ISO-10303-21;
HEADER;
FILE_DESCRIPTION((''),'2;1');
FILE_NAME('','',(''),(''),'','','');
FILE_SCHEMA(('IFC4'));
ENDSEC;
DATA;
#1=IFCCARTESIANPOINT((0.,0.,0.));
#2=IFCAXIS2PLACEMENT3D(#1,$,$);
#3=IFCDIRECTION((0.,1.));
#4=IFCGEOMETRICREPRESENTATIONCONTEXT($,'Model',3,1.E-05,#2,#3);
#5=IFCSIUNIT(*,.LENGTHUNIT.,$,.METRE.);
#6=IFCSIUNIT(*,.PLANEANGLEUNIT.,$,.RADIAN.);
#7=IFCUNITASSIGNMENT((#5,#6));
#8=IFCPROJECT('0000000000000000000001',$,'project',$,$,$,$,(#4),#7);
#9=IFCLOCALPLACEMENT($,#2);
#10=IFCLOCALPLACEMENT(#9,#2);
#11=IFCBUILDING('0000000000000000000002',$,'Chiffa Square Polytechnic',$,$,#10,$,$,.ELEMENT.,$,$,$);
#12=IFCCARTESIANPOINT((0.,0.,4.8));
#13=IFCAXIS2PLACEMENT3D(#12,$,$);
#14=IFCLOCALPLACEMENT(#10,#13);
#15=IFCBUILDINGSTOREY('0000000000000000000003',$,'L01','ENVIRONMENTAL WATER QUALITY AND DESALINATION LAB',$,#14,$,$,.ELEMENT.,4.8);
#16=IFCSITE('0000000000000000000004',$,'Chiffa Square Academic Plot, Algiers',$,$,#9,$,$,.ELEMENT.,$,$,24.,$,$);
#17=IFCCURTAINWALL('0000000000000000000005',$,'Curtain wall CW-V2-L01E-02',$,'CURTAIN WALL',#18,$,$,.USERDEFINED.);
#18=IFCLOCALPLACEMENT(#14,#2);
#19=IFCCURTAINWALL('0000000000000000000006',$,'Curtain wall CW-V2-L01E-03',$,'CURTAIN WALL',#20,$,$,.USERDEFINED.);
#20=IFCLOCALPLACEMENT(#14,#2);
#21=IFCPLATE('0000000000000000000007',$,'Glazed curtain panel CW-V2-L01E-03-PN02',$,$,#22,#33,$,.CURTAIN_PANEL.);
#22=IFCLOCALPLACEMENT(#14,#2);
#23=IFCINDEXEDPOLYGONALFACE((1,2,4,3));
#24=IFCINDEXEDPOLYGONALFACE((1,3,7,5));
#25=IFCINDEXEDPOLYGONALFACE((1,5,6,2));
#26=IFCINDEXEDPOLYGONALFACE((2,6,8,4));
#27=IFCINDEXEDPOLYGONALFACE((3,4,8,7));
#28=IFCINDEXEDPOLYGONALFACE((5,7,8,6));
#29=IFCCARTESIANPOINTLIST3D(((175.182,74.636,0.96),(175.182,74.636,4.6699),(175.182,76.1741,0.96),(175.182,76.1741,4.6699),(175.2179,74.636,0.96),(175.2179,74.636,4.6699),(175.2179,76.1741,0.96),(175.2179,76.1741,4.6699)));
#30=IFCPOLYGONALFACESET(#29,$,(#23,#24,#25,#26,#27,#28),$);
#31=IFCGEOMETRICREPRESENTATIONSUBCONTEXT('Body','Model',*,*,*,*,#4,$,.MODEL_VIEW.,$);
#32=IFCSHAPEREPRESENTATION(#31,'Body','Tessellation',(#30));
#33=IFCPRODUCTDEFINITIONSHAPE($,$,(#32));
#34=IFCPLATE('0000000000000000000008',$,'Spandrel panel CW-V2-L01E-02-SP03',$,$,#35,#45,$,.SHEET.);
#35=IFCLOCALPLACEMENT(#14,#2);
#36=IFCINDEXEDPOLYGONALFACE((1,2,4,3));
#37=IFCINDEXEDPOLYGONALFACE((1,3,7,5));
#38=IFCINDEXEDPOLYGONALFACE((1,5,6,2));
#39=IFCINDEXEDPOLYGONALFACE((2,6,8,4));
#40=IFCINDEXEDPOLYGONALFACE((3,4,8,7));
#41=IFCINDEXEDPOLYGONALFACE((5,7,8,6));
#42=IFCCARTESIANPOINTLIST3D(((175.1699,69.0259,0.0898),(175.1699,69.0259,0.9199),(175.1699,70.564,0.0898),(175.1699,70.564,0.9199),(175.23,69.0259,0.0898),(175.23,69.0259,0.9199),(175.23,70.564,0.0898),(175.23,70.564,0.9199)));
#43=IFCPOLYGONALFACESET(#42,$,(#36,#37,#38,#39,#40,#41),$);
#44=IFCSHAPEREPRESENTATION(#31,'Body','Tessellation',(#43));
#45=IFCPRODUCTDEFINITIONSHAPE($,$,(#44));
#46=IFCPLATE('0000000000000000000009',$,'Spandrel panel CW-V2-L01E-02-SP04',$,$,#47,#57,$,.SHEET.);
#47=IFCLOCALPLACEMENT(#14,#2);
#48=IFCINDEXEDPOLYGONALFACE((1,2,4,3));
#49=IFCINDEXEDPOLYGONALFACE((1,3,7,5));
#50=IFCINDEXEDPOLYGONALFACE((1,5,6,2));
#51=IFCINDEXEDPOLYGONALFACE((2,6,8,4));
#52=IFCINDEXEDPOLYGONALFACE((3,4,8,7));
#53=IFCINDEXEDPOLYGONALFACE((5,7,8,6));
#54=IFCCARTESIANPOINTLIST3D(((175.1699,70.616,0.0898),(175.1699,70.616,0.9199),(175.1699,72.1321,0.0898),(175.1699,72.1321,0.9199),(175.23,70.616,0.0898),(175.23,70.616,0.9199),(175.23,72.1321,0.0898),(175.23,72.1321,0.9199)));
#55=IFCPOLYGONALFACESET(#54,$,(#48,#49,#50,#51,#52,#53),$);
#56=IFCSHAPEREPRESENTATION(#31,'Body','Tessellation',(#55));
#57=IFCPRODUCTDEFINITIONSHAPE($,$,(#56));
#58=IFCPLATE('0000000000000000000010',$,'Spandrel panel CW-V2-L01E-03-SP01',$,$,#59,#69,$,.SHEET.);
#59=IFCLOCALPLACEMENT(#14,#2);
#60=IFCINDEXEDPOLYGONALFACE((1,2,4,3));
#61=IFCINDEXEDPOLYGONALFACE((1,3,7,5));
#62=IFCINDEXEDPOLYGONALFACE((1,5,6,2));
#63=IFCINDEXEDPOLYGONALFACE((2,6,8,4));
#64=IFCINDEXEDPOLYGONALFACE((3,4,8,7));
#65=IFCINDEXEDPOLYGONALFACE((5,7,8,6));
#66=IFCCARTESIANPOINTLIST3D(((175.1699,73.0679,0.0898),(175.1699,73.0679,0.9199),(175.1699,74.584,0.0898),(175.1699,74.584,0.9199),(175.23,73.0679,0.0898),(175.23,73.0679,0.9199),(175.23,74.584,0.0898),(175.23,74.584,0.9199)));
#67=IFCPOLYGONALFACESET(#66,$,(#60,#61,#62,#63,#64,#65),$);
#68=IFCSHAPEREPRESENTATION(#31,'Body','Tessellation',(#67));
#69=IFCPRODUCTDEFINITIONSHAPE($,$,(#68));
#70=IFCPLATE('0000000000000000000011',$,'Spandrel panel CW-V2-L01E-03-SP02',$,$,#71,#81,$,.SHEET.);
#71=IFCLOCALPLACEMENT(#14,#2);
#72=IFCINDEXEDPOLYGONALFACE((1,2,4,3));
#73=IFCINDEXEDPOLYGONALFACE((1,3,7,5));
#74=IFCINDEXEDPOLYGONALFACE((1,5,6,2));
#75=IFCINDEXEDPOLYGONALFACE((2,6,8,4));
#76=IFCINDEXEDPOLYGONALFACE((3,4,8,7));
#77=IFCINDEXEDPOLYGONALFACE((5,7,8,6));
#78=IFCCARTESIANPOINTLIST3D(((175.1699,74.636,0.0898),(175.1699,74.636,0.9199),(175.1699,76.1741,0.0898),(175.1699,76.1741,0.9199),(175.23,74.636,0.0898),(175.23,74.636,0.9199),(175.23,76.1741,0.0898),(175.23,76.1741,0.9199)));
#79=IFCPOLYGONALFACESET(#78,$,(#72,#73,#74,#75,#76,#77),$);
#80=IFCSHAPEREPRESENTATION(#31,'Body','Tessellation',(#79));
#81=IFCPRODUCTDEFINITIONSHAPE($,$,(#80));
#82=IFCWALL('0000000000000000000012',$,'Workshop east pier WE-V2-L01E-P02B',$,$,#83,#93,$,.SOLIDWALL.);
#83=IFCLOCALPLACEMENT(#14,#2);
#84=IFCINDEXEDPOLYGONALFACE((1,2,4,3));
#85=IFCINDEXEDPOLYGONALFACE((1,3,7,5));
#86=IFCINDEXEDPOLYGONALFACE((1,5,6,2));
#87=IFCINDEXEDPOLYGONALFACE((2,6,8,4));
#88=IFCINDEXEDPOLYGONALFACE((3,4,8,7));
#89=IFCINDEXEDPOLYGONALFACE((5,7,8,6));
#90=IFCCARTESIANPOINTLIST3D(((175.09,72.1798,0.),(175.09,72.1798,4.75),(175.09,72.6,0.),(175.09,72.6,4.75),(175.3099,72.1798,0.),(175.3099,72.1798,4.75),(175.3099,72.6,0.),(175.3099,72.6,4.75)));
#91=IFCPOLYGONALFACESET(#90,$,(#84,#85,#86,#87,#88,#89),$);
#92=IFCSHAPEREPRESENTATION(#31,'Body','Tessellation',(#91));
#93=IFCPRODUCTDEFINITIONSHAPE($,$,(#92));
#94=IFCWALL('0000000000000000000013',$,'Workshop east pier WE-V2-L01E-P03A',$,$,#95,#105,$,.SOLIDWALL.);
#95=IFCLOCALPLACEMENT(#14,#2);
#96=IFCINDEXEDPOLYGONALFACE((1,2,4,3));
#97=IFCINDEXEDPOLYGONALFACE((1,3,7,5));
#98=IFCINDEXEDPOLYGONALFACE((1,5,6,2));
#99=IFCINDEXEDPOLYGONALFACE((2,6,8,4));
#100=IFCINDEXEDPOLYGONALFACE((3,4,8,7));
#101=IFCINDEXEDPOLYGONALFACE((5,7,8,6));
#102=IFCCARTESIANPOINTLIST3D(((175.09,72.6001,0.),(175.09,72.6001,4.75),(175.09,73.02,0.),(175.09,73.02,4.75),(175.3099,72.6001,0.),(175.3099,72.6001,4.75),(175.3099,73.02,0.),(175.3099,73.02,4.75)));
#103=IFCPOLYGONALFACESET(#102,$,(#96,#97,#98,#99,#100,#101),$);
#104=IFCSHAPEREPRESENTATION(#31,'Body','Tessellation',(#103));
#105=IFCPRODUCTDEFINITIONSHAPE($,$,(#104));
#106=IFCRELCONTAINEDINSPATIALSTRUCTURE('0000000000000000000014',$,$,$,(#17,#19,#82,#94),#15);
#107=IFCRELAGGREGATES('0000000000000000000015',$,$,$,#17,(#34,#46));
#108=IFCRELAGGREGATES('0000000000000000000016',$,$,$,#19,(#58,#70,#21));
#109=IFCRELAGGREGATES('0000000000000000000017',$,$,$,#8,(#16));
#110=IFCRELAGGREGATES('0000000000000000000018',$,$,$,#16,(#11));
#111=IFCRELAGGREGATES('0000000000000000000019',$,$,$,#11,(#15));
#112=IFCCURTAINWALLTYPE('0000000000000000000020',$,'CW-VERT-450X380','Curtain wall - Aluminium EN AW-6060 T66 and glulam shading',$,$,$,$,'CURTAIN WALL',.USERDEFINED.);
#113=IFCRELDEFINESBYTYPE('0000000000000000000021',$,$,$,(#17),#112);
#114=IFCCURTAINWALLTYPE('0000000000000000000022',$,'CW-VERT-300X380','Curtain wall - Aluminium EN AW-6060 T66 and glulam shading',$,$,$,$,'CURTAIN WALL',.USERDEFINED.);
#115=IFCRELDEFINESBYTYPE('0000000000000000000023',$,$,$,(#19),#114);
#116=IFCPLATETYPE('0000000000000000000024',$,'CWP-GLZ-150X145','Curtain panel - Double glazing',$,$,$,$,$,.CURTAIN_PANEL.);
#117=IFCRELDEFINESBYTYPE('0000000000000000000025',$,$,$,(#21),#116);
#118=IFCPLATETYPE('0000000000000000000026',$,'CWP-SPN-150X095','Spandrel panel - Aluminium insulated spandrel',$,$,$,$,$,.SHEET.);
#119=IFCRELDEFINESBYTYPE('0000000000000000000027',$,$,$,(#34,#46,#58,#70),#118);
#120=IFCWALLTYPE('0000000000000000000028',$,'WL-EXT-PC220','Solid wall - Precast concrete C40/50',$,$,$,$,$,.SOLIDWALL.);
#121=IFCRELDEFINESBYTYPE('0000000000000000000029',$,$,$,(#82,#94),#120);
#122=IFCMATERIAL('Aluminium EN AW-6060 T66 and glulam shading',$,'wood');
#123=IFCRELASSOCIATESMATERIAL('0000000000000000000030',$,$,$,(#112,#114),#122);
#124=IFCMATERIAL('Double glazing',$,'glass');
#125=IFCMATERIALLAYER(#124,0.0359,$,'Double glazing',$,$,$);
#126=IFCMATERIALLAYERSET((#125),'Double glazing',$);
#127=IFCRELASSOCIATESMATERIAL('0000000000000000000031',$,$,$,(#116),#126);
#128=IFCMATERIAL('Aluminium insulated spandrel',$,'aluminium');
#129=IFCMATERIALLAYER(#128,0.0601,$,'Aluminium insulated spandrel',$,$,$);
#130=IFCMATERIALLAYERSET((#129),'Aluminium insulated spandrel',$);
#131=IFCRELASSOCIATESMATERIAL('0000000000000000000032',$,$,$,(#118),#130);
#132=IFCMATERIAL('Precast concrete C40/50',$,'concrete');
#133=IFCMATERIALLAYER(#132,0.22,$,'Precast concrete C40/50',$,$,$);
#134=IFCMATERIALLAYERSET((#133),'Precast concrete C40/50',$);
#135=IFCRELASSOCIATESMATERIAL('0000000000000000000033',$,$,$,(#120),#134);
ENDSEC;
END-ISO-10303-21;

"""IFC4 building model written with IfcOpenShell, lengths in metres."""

from ifc_helpers import new_model, si_unit, direction, frame, frame_2d, origin, origin_2d, place, context, subcontext, project, spatial, rectangle, extrude, material, layer, layer_set, type_object, element, aggregate, save


model = new_model("IFC4")

# Units and contexts
model_context = context("Model", 3, precision=1e-05, world=origin(), true_north=direction((0.0, 1.0)))
body_context = subcontext(model_context, "Body", "Model", "MODEL_VIEW")
ifc_project = project(units=[si_unit("LENGTHUNIT", "METRE"), si_unit("PLANEANGLEUNIT", "RADIAN")], contexts=[model_context])

# Site, building, storey
site_placement = place(None, origin())
site = spatial("IfcSite", under=ifc_project, at=site_placement, Name="Chiffa Square Academic Plot, Algiers", CompositionType="ELEMENT", RefElevation=24.0)
building_placement = place(site_placement, origin())
building = spatial("IfcBuilding", under=site, at=building_placement, Name="Chiffa Square Polytechnic", CompositionType="ELEMENT")
storey_placement = place(building_placement, frame((0.0, 0.0, 4.8)))
storey = spatial("IfcBuildingStorey", under=building, at=storey_placement, Name="L01", Description="ENVIRONMENTAL WATER QUALITY AND DESALINATION LAB", CompositionType="ELEMENT", Elevation=4.8)

# Curtain walls
ifc_material_1 = material(Name="Aluminium EN AW-6060 T66 and glulam shading", Category="wood")
curtain_wall_type_1 = type_object("IfcCurtainWallType", Name="CW-VERT-450X380", Description="Curtain wall - Aluminium EN AW-6060 T66 and glulam shading", ElementType="CURTAIN WALL", PredefinedType="USERDEFINED", material=ifc_material_1)
curtain_wall_1_placement = place(storey_placement, origin())
curtain_wall_1 = element("IfcCurtainWall", 1, at=curtain_wall_1_placement, inside=storey, type_object=curtain_wall_type_1, Name="Curtain wall CW-V2-L01E-02", ObjectType="CURTAIN WALL", PredefinedType="USERDEFINED")
curtain_wall_type_2 = type_object("IfcCurtainWallType", Name="CW-VERT-300X380", Description="Curtain wall - Aluminium EN AW-6060 T66 and glulam shading", ElementType="CURTAIN WALL", PredefinedType="USERDEFINED", material=ifc_material_1)
curtain_wall_2_placement = place(storey_placement, origin())
curtain_wall_2 = element("IfcCurtainWall", 2, at=curtain_wall_2_placement, inside=storey, type_object=curtain_wall_type_2, Name="Curtain wall CW-V2-L01E-03", ObjectType="CURTAIN WALL", PredefinedType="USERDEFINED")

# Plates
ifc_material_2 = material(Name="Double glazing", Category="glass")
ifc_layer_1 = layer(ifc_material_2, 0.0359, Name="Double glazing")
ifc_layer_set_1 = layer_set([ifc_layer_1], Name="Double glazing")
plate_type_1 = type_object("IfcPlateType", Name="CWP-GLZ-150X145", Description="Curtain panel - Double glazing", PredefinedType="CURTAIN_PANEL", material=ifc_layer_set_1)
plate_1_placement = place(storey_placement, frame((175.2, 75.405, 0.96), z_axis=(0.0, 0.0, 1.0), x_axis=(0.0, 1.0, 0.0)))
plate_1 = element("IfcPlate", 3, at=plate_1_placement, type_object=plate_type_1, Name="Glazed curtain panel CW-V2-L01E-03-PN02", PredefinedType="CURTAIN_PANEL", context=body_context, shape_type="SweptSolid", body=[
    extrude(rectangle(XDim=1.5381, YDim=0.0359, at=origin_2d()), origin(), (0.0, 0.0, 1.0), 3.71),
])
ifc_material_3 = material(Name="Aluminium insulated spandrel", Category="aluminium")
ifc_layer_2 = layer(ifc_material_3, 0.0601, Name="Aluminium insulated spandrel")
ifc_layer_set_2 = layer_set([ifc_layer_2], Name="Aluminium insulated spandrel")
plate_type_2 = type_object("IfcPlateType", Name="CWP-SPN-150X095", Description="Spandrel panel - Aluminium insulated spandrel", PredefinedType="SHEET", material=ifc_layer_set_2)
plate_2_placement = place(storey_placement, frame((175.2, 69.7949, 0.0898), z_axis=(0.0, 0.0, 1.0), x_axis=(0.0, 1.0, 0.0)))
plate_2 = element("IfcPlate", 4, at=plate_2_placement, type_object=plate_type_2, Name="Spandrel panel CW-V2-L01E-02-SP03", PredefinedType="SHEET", context=body_context, shape_type="SweptSolid", body=[
    extrude(rectangle(XDim=1.5381, YDim=0.0601, at=origin_2d()), origin(), (0.0, 0.0, 1.0), 0.8301),
])
plate_3_placement = place(storey_placement, frame((175.2, 71.374, 0.0898), z_axis=(0.0, 0.0, 1.0), x_axis=(0.0, 1.0, 0.0)))
plate_3 = element("IfcPlate", 5, at=plate_3_placement, type_object=plate_type_2, Name="Spandrel panel CW-V2-L01E-02-SP04", PredefinedType="SHEET", context=body_context, shape_type="SweptSolid", body=[
    extrude(rectangle(XDim=1.5161, YDim=0.0601, at=origin_2d()), origin(), (0.0, 0.0, 1.0), 0.8301),
])
aggregate(curtain_wall_1, [plate_2, plate_3])
plate_4_placement = place(storey_placement, frame((175.2, 73.8259, 0.0898), z_axis=(0.0, 0.0, 1.0), x_axis=(0.0, 1.0, 0.0)))
plate_4 = element("IfcPlate", 6, at=plate_4_placement, type_object=plate_type_2, Name="Spandrel panel CW-V2-L01E-03-SP01", PredefinedType="SHEET", context=body_context, shape_type="SweptSolid", body=[
    extrude(rectangle(XDim=1.5161, YDim=0.0601, at=origin_2d()), origin(), (0.0, 0.0, 1.0), 0.8301),
])
plate_5_placement = place(storey_placement, frame((175.2, 75.405, 0.0898), z_axis=(0.0, 0.0, 1.0), x_axis=(0.0, 1.0, 0.0)))
plate_5 = element("IfcPlate", 7, at=plate_5_placement, type_object=plate_type_2, Name="Spandrel panel CW-V2-L01E-03-SP02", PredefinedType="SHEET", context=body_context, shape_type="SweptSolid", body=[
    extrude(rectangle(XDim=1.5381, YDim=0.0601, at=origin_2d()), origin(), (0.0, 0.0, 1.0), 0.8301),
])
aggregate(curtain_wall_2, [plate_4, plate_5, plate_1])

# Walls
ifc_material_4 = material(Name="Precast concrete C40/50", Category="concrete")
ifc_layer_3 = layer(ifc_material_4, 0.22, Name="Precast concrete C40/50")
ifc_layer_set_3 = layer_set([ifc_layer_3], Name="Precast concrete C40/50")
wall_type = type_object("IfcWallType", Name="WL-EXT-PC220", Description="Solid wall - Precast concrete C40/50", PredefinedType="SOLIDWALL", material=ifc_layer_set_3)
wall_1_placement = place(storey_placement, frame((175.2, 72.1799, 0.0), z_axis=(0.0, 0.0, 1.0), x_axis=(0.0, 1.0, 0.0)))
element("IfcWall", 8, at=wall_1_placement, inside=storey, type_object=wall_type, Name="Workshop east pier WE-V2-L01E-P02B", PredefinedType="SOLIDWALL", context=body_context, shape_type="SweptSolid", body=[
    extrude(rectangle(XDim=0.4202, YDim=0.22, at=frame_2d((0.21, 0.0))), origin(), (0.0, 0.0, 1.0), 4.75),
])
wall_2_placement = place(storey_placement, frame((175.2, 72.6001, 0.0), z_axis=(0.0, 0.0, 1.0), x_axis=(0.0, 1.0, 0.0)))
element("IfcWall", 9, at=wall_2_placement, inside=storey, type_object=wall_type, Name="Workshop east pier WE-V2-L01E-P03A", PredefinedType="SOLIDWALL", context=body_context, shape_type="SweptSolid", body=[
    extrude(rectangle(XDim=0.4199, YDim=0.22, at=frame_2d((0.21, 0.0))), origin(), (0.0, 0.0, 1.0), 4.75),
])

save(model, "model.ifc")
